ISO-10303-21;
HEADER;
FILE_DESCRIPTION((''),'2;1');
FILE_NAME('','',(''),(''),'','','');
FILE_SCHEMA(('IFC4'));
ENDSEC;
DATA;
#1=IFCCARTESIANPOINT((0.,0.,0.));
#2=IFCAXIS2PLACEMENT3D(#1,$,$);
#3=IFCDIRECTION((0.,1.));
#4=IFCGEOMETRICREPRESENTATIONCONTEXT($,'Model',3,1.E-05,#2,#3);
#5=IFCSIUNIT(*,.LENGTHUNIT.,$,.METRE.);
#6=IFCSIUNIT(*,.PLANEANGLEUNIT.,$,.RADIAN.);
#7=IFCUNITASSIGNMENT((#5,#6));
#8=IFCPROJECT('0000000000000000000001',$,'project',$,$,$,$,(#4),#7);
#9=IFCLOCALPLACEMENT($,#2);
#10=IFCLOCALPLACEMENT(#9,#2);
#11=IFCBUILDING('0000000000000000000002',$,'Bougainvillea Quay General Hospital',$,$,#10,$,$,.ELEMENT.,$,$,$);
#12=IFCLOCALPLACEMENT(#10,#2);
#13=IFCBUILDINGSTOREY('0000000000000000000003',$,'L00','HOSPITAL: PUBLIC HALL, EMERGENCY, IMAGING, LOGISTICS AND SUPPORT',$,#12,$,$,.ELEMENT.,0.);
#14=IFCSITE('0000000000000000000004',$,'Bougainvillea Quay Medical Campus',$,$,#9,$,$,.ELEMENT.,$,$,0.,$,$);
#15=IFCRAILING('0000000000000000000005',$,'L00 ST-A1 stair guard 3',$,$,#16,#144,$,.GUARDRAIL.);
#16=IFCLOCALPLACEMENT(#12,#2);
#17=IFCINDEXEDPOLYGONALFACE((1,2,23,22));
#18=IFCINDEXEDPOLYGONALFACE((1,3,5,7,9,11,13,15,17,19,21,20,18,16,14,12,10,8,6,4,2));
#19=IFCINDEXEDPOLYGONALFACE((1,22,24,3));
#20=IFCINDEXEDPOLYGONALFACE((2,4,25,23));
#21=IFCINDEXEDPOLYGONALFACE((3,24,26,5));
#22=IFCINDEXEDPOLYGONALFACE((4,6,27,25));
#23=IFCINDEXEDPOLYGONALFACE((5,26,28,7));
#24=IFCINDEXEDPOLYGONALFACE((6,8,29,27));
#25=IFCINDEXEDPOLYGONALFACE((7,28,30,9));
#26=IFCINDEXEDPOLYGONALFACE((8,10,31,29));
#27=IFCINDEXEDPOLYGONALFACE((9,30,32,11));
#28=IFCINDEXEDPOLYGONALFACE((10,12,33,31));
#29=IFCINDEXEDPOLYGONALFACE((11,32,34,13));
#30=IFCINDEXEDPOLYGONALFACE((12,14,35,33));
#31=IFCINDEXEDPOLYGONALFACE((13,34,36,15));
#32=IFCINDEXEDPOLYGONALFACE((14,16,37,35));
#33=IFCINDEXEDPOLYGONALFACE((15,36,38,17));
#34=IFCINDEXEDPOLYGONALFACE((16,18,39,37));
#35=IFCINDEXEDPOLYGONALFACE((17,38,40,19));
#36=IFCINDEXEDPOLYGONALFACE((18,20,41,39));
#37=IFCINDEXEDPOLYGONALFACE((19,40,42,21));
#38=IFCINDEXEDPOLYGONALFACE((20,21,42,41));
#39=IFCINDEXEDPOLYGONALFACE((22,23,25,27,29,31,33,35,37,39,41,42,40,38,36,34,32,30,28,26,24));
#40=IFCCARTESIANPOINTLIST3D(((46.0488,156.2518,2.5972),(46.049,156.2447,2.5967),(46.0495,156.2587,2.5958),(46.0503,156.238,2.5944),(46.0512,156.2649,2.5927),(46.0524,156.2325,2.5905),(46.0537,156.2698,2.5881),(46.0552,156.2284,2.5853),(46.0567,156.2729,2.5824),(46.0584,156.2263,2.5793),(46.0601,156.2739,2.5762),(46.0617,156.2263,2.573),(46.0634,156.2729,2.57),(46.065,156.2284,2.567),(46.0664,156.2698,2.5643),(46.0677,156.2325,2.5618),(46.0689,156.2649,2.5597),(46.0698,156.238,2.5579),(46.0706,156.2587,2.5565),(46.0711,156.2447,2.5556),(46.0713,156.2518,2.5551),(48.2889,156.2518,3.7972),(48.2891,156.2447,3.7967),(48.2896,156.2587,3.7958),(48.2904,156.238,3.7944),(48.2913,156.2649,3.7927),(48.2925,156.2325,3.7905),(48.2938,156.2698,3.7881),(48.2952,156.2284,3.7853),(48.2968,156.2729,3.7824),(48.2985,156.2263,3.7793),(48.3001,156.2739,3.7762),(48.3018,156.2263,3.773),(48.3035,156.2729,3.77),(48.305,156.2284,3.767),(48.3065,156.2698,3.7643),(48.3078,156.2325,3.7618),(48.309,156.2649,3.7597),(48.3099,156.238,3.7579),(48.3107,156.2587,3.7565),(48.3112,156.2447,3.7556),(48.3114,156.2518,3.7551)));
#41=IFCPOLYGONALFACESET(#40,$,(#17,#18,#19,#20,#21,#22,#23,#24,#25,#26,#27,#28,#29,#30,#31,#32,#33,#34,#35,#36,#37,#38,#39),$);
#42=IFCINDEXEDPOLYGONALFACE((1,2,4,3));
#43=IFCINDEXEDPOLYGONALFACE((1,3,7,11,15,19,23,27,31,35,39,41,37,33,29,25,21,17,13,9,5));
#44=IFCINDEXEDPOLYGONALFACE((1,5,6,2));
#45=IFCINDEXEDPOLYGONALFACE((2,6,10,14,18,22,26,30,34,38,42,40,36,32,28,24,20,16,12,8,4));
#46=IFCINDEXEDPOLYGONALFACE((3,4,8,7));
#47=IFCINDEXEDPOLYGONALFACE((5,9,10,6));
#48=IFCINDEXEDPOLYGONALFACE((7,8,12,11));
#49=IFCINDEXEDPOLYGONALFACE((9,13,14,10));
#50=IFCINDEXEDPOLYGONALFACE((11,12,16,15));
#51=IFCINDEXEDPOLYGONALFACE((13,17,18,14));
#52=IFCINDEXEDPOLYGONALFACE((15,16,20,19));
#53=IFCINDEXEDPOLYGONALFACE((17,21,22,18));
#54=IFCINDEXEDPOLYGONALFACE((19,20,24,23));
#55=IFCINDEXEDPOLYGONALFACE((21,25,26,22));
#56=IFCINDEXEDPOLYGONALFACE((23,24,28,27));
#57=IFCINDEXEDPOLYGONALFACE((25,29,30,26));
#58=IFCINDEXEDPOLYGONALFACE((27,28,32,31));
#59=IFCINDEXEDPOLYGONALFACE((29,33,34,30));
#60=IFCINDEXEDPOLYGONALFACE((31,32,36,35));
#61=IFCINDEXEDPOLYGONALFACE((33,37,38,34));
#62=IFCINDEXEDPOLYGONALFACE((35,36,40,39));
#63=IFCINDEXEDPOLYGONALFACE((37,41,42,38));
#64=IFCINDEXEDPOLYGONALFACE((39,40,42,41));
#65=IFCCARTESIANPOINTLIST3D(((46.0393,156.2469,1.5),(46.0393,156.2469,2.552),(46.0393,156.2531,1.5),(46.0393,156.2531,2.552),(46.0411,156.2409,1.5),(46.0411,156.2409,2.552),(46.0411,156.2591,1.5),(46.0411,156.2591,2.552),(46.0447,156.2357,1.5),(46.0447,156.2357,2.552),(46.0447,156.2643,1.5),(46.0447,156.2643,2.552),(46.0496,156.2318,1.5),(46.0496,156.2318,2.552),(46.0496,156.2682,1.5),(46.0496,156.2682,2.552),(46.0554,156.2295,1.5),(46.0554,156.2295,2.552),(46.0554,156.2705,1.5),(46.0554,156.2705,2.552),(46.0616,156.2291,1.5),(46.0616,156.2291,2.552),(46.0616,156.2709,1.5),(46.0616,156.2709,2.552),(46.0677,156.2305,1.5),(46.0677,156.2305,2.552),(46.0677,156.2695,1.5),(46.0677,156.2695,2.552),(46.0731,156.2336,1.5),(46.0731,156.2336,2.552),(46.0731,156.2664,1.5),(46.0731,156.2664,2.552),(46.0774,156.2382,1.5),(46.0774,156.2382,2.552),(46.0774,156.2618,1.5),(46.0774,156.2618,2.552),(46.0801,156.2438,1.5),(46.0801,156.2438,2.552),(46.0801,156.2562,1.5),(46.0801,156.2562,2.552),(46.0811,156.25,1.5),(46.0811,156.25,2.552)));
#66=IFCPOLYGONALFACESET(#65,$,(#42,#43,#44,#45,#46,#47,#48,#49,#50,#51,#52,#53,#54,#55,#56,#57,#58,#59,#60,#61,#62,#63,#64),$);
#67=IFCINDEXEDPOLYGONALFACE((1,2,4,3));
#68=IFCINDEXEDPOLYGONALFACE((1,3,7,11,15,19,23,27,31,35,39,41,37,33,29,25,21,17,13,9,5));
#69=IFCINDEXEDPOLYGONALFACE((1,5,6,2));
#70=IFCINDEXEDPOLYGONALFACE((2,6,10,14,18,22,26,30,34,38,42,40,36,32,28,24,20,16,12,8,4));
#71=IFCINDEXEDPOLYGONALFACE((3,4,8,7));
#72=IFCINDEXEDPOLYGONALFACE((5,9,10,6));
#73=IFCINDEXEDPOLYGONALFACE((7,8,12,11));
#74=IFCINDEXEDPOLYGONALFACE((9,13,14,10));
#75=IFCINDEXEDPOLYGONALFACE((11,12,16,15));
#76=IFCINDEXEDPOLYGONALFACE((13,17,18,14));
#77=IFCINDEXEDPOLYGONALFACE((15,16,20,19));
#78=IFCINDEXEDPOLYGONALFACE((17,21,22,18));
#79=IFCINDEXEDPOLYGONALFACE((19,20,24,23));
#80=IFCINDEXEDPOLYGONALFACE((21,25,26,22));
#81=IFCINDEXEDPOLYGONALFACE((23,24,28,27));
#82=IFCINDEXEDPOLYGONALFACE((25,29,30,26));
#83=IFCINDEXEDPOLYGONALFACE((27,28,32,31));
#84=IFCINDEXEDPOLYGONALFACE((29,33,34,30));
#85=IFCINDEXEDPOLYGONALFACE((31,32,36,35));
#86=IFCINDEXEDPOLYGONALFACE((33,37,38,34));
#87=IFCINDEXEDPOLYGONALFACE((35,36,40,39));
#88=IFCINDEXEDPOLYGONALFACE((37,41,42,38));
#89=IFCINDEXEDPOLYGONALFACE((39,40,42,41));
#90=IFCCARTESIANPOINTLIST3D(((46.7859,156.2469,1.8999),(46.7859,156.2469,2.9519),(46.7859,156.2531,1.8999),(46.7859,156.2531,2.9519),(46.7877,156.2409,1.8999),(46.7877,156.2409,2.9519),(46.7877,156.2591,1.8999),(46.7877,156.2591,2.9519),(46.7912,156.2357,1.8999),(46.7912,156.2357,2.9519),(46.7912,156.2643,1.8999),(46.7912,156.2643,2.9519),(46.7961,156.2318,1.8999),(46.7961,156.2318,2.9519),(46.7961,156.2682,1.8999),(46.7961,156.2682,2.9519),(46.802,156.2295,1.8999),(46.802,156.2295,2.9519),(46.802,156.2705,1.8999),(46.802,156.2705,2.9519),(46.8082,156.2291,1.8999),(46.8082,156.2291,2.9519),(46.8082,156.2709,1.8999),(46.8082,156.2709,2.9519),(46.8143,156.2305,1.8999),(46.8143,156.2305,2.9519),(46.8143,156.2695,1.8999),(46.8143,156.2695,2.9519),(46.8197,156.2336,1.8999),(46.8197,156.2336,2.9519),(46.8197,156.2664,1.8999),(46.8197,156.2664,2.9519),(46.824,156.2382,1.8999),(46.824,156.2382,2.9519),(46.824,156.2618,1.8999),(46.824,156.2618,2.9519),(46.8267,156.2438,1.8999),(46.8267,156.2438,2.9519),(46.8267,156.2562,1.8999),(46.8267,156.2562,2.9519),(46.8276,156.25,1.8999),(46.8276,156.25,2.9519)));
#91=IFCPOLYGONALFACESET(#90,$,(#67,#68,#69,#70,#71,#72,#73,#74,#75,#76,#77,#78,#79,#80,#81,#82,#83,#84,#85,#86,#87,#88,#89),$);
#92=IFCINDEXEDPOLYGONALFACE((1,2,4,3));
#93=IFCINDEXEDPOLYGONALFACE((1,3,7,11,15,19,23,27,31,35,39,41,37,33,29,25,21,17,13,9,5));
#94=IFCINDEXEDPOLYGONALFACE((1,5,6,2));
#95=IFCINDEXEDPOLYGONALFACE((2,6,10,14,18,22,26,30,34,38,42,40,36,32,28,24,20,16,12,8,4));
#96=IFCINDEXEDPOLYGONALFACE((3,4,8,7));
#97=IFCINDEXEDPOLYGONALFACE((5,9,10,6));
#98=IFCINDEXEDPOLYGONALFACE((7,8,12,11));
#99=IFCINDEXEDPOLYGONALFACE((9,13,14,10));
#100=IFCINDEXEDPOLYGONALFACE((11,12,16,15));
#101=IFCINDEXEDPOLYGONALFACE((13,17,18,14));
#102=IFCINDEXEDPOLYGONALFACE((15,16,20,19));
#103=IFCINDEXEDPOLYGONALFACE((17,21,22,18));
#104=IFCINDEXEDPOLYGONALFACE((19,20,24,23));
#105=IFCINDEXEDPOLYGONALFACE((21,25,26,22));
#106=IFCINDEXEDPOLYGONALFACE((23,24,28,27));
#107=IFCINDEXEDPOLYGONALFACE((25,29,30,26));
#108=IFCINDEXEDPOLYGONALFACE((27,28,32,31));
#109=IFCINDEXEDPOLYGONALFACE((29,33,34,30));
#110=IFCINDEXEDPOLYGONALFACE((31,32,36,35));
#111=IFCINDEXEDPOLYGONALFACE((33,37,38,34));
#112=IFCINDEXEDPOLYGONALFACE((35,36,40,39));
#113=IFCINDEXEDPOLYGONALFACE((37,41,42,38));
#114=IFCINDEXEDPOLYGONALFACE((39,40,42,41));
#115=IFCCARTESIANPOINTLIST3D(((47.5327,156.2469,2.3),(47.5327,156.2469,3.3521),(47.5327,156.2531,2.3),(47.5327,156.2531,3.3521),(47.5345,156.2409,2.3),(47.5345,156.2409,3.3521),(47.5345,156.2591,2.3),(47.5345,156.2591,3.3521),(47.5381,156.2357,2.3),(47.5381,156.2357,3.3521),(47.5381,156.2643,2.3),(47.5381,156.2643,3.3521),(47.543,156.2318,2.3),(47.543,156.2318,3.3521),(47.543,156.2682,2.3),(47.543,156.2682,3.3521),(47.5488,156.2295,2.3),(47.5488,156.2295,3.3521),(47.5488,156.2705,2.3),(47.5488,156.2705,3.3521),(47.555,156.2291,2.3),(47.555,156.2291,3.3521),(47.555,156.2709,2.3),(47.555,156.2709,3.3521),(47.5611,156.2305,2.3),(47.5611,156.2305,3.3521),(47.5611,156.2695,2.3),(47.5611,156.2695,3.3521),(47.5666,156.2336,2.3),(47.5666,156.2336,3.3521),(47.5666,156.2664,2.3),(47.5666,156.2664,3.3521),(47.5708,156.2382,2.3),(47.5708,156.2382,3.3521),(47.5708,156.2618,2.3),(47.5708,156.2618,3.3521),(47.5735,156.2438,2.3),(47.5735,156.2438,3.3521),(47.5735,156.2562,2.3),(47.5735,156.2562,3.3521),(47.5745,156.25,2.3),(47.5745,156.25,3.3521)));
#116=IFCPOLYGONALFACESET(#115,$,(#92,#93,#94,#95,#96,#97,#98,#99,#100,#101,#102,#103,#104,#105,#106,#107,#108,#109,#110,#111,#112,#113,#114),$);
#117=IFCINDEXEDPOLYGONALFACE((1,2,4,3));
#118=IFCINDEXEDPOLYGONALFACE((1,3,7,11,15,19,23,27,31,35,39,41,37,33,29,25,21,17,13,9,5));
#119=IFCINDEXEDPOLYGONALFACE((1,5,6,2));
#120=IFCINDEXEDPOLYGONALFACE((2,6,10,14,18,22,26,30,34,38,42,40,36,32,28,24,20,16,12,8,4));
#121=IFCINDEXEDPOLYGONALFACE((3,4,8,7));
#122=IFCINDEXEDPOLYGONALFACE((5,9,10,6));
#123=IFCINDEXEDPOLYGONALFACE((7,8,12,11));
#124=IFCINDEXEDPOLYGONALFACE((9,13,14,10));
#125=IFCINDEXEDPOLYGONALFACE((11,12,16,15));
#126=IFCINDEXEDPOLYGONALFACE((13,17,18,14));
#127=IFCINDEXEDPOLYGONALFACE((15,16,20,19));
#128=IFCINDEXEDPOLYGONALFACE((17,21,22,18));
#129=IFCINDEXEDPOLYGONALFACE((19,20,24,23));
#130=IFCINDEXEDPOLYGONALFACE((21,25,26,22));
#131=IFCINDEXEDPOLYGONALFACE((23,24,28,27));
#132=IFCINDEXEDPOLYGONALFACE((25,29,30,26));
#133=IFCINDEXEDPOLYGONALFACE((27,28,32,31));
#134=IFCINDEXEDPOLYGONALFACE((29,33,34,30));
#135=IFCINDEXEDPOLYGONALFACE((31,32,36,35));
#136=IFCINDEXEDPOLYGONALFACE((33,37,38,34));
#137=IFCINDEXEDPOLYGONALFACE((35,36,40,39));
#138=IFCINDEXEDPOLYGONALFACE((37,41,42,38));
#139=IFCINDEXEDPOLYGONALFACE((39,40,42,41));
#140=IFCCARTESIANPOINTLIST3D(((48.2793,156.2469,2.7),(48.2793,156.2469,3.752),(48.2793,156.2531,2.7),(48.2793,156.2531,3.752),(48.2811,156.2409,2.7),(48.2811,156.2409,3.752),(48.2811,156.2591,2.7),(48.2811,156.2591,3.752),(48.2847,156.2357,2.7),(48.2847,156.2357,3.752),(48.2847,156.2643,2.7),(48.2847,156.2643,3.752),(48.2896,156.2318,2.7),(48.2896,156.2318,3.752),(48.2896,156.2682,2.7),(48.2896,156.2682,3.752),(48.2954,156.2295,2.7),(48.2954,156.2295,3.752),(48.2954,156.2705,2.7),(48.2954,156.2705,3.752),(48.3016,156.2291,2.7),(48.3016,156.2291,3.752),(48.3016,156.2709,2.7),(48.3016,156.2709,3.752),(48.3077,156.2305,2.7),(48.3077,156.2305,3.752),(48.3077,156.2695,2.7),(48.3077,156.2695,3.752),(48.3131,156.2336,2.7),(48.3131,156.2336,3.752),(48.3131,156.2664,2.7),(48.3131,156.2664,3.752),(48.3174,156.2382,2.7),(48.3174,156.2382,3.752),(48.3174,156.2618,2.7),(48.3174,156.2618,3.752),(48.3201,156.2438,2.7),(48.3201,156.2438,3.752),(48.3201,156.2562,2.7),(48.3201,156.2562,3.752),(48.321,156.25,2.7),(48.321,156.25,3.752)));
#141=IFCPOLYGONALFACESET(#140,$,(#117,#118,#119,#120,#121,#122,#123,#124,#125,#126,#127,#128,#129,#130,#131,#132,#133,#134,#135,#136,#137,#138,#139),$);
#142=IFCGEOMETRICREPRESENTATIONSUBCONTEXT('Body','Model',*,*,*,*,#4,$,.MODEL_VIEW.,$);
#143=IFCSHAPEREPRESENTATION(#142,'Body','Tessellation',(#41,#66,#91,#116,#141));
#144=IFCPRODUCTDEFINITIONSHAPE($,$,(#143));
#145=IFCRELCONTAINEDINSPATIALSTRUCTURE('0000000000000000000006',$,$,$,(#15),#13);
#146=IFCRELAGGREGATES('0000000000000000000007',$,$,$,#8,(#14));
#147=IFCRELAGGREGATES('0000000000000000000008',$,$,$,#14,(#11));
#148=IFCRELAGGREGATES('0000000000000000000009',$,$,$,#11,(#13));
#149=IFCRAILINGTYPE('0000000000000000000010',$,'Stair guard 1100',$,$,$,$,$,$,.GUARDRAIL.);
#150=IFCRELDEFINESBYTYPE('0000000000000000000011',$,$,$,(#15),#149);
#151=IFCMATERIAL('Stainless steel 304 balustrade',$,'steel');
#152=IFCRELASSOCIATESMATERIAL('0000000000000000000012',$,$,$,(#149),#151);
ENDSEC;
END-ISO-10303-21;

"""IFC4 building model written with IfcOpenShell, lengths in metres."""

from ifc_helpers import new_model, si_unit, direction, frame, origin, origin_2d, place, context, subcontext, project, spatial, circle, extrude, material, type_object, element, save


model = new_model("IFC4")

# Units and contexts
model_context = context("Model", 3, precision=1e-05, world=origin(), true_north=direction((0.0, 1.0)))
body_context = subcontext(model_context, "Body", "Model", "MODEL_VIEW")
ifc_project = project(units=[si_unit("LENGTHUNIT", "METRE"), si_unit("PLANEANGLEUNIT", "RADIAN")], contexts=[model_context])

# Site, building, storey
site_placement = place(None, origin())
site = spatial("IfcSite", under=ifc_project, at=site_placement, Name="Bougainvillea Quay Medical Campus", CompositionType="ELEMENT", RefElevation=0.0)
building_placement = place(site_placement, origin())
building = spatial("IfcBuilding", under=site, at=building_placement, Name="Bougainvillea Quay General Hospital", CompositionType="ELEMENT")
storey_placement = place(building_placement, origin())
storey = spatial("IfcBuildingStorey", under=building, at=storey_placement, Name="L00", Description="HOSPITAL: PUBLIC HALL, EMERGENCY, IMAGING, LOGISTICS AND SUPPORT", CompositionType="ELEMENT", Elevation=0.0)

# Railing
ifc_material_1 = material(Name="Stainless steel 304 balustrade", Category="steel")
railing_type_1 = type_object("IfcRailingType", Name="Stair guard 1100", PredefinedType="GUARDRAIL", material=ifc_material_1)
railing_1_placement = place(storey_placement, frame((46.0601, 156.25, 1.5)))
element("IfcRailing", 1, at=railing_1_placement, inside=storey, type_object=railing_type_1, Name="L00 ST-A1 stair guard 3", PredefinedType="GUARDRAIL", context=body_context, shape_type="SweptSolid", body=[
    extrude(circle(Radius=0.0239, at=origin_2d()), frame((0.0, 0.0, 1.0762), z_axis=(0.881487, 0.0, 0.472208), x_axis=(0.0, 1.0, 0.0)), (0.0, 0.0, 1.0), 2.5413),
    extrude(circle(Radius=0.021, at=origin_2d()), origin(), (0.0, 0.0, 1.0), 1.052),
    extrude(circle(Radius=0.021, at=origin_2d()), frame((0.7466, 0.0, 0.3999)), (0.0, 0.0, 1.0), 1.052),
    extrude(circle(Radius=0.021, at=origin_2d()), frame((1.4934, 0.0, 0.8)), (0.0, 0.0, 1.0), 1.052),
    extrude(circle(Radius=0.021, at=origin_2d()), frame((2.24, 0.0, 1.2)), (0.0, 0.0, 1.0), 1.052),
])

save(model, "model.ifc")
